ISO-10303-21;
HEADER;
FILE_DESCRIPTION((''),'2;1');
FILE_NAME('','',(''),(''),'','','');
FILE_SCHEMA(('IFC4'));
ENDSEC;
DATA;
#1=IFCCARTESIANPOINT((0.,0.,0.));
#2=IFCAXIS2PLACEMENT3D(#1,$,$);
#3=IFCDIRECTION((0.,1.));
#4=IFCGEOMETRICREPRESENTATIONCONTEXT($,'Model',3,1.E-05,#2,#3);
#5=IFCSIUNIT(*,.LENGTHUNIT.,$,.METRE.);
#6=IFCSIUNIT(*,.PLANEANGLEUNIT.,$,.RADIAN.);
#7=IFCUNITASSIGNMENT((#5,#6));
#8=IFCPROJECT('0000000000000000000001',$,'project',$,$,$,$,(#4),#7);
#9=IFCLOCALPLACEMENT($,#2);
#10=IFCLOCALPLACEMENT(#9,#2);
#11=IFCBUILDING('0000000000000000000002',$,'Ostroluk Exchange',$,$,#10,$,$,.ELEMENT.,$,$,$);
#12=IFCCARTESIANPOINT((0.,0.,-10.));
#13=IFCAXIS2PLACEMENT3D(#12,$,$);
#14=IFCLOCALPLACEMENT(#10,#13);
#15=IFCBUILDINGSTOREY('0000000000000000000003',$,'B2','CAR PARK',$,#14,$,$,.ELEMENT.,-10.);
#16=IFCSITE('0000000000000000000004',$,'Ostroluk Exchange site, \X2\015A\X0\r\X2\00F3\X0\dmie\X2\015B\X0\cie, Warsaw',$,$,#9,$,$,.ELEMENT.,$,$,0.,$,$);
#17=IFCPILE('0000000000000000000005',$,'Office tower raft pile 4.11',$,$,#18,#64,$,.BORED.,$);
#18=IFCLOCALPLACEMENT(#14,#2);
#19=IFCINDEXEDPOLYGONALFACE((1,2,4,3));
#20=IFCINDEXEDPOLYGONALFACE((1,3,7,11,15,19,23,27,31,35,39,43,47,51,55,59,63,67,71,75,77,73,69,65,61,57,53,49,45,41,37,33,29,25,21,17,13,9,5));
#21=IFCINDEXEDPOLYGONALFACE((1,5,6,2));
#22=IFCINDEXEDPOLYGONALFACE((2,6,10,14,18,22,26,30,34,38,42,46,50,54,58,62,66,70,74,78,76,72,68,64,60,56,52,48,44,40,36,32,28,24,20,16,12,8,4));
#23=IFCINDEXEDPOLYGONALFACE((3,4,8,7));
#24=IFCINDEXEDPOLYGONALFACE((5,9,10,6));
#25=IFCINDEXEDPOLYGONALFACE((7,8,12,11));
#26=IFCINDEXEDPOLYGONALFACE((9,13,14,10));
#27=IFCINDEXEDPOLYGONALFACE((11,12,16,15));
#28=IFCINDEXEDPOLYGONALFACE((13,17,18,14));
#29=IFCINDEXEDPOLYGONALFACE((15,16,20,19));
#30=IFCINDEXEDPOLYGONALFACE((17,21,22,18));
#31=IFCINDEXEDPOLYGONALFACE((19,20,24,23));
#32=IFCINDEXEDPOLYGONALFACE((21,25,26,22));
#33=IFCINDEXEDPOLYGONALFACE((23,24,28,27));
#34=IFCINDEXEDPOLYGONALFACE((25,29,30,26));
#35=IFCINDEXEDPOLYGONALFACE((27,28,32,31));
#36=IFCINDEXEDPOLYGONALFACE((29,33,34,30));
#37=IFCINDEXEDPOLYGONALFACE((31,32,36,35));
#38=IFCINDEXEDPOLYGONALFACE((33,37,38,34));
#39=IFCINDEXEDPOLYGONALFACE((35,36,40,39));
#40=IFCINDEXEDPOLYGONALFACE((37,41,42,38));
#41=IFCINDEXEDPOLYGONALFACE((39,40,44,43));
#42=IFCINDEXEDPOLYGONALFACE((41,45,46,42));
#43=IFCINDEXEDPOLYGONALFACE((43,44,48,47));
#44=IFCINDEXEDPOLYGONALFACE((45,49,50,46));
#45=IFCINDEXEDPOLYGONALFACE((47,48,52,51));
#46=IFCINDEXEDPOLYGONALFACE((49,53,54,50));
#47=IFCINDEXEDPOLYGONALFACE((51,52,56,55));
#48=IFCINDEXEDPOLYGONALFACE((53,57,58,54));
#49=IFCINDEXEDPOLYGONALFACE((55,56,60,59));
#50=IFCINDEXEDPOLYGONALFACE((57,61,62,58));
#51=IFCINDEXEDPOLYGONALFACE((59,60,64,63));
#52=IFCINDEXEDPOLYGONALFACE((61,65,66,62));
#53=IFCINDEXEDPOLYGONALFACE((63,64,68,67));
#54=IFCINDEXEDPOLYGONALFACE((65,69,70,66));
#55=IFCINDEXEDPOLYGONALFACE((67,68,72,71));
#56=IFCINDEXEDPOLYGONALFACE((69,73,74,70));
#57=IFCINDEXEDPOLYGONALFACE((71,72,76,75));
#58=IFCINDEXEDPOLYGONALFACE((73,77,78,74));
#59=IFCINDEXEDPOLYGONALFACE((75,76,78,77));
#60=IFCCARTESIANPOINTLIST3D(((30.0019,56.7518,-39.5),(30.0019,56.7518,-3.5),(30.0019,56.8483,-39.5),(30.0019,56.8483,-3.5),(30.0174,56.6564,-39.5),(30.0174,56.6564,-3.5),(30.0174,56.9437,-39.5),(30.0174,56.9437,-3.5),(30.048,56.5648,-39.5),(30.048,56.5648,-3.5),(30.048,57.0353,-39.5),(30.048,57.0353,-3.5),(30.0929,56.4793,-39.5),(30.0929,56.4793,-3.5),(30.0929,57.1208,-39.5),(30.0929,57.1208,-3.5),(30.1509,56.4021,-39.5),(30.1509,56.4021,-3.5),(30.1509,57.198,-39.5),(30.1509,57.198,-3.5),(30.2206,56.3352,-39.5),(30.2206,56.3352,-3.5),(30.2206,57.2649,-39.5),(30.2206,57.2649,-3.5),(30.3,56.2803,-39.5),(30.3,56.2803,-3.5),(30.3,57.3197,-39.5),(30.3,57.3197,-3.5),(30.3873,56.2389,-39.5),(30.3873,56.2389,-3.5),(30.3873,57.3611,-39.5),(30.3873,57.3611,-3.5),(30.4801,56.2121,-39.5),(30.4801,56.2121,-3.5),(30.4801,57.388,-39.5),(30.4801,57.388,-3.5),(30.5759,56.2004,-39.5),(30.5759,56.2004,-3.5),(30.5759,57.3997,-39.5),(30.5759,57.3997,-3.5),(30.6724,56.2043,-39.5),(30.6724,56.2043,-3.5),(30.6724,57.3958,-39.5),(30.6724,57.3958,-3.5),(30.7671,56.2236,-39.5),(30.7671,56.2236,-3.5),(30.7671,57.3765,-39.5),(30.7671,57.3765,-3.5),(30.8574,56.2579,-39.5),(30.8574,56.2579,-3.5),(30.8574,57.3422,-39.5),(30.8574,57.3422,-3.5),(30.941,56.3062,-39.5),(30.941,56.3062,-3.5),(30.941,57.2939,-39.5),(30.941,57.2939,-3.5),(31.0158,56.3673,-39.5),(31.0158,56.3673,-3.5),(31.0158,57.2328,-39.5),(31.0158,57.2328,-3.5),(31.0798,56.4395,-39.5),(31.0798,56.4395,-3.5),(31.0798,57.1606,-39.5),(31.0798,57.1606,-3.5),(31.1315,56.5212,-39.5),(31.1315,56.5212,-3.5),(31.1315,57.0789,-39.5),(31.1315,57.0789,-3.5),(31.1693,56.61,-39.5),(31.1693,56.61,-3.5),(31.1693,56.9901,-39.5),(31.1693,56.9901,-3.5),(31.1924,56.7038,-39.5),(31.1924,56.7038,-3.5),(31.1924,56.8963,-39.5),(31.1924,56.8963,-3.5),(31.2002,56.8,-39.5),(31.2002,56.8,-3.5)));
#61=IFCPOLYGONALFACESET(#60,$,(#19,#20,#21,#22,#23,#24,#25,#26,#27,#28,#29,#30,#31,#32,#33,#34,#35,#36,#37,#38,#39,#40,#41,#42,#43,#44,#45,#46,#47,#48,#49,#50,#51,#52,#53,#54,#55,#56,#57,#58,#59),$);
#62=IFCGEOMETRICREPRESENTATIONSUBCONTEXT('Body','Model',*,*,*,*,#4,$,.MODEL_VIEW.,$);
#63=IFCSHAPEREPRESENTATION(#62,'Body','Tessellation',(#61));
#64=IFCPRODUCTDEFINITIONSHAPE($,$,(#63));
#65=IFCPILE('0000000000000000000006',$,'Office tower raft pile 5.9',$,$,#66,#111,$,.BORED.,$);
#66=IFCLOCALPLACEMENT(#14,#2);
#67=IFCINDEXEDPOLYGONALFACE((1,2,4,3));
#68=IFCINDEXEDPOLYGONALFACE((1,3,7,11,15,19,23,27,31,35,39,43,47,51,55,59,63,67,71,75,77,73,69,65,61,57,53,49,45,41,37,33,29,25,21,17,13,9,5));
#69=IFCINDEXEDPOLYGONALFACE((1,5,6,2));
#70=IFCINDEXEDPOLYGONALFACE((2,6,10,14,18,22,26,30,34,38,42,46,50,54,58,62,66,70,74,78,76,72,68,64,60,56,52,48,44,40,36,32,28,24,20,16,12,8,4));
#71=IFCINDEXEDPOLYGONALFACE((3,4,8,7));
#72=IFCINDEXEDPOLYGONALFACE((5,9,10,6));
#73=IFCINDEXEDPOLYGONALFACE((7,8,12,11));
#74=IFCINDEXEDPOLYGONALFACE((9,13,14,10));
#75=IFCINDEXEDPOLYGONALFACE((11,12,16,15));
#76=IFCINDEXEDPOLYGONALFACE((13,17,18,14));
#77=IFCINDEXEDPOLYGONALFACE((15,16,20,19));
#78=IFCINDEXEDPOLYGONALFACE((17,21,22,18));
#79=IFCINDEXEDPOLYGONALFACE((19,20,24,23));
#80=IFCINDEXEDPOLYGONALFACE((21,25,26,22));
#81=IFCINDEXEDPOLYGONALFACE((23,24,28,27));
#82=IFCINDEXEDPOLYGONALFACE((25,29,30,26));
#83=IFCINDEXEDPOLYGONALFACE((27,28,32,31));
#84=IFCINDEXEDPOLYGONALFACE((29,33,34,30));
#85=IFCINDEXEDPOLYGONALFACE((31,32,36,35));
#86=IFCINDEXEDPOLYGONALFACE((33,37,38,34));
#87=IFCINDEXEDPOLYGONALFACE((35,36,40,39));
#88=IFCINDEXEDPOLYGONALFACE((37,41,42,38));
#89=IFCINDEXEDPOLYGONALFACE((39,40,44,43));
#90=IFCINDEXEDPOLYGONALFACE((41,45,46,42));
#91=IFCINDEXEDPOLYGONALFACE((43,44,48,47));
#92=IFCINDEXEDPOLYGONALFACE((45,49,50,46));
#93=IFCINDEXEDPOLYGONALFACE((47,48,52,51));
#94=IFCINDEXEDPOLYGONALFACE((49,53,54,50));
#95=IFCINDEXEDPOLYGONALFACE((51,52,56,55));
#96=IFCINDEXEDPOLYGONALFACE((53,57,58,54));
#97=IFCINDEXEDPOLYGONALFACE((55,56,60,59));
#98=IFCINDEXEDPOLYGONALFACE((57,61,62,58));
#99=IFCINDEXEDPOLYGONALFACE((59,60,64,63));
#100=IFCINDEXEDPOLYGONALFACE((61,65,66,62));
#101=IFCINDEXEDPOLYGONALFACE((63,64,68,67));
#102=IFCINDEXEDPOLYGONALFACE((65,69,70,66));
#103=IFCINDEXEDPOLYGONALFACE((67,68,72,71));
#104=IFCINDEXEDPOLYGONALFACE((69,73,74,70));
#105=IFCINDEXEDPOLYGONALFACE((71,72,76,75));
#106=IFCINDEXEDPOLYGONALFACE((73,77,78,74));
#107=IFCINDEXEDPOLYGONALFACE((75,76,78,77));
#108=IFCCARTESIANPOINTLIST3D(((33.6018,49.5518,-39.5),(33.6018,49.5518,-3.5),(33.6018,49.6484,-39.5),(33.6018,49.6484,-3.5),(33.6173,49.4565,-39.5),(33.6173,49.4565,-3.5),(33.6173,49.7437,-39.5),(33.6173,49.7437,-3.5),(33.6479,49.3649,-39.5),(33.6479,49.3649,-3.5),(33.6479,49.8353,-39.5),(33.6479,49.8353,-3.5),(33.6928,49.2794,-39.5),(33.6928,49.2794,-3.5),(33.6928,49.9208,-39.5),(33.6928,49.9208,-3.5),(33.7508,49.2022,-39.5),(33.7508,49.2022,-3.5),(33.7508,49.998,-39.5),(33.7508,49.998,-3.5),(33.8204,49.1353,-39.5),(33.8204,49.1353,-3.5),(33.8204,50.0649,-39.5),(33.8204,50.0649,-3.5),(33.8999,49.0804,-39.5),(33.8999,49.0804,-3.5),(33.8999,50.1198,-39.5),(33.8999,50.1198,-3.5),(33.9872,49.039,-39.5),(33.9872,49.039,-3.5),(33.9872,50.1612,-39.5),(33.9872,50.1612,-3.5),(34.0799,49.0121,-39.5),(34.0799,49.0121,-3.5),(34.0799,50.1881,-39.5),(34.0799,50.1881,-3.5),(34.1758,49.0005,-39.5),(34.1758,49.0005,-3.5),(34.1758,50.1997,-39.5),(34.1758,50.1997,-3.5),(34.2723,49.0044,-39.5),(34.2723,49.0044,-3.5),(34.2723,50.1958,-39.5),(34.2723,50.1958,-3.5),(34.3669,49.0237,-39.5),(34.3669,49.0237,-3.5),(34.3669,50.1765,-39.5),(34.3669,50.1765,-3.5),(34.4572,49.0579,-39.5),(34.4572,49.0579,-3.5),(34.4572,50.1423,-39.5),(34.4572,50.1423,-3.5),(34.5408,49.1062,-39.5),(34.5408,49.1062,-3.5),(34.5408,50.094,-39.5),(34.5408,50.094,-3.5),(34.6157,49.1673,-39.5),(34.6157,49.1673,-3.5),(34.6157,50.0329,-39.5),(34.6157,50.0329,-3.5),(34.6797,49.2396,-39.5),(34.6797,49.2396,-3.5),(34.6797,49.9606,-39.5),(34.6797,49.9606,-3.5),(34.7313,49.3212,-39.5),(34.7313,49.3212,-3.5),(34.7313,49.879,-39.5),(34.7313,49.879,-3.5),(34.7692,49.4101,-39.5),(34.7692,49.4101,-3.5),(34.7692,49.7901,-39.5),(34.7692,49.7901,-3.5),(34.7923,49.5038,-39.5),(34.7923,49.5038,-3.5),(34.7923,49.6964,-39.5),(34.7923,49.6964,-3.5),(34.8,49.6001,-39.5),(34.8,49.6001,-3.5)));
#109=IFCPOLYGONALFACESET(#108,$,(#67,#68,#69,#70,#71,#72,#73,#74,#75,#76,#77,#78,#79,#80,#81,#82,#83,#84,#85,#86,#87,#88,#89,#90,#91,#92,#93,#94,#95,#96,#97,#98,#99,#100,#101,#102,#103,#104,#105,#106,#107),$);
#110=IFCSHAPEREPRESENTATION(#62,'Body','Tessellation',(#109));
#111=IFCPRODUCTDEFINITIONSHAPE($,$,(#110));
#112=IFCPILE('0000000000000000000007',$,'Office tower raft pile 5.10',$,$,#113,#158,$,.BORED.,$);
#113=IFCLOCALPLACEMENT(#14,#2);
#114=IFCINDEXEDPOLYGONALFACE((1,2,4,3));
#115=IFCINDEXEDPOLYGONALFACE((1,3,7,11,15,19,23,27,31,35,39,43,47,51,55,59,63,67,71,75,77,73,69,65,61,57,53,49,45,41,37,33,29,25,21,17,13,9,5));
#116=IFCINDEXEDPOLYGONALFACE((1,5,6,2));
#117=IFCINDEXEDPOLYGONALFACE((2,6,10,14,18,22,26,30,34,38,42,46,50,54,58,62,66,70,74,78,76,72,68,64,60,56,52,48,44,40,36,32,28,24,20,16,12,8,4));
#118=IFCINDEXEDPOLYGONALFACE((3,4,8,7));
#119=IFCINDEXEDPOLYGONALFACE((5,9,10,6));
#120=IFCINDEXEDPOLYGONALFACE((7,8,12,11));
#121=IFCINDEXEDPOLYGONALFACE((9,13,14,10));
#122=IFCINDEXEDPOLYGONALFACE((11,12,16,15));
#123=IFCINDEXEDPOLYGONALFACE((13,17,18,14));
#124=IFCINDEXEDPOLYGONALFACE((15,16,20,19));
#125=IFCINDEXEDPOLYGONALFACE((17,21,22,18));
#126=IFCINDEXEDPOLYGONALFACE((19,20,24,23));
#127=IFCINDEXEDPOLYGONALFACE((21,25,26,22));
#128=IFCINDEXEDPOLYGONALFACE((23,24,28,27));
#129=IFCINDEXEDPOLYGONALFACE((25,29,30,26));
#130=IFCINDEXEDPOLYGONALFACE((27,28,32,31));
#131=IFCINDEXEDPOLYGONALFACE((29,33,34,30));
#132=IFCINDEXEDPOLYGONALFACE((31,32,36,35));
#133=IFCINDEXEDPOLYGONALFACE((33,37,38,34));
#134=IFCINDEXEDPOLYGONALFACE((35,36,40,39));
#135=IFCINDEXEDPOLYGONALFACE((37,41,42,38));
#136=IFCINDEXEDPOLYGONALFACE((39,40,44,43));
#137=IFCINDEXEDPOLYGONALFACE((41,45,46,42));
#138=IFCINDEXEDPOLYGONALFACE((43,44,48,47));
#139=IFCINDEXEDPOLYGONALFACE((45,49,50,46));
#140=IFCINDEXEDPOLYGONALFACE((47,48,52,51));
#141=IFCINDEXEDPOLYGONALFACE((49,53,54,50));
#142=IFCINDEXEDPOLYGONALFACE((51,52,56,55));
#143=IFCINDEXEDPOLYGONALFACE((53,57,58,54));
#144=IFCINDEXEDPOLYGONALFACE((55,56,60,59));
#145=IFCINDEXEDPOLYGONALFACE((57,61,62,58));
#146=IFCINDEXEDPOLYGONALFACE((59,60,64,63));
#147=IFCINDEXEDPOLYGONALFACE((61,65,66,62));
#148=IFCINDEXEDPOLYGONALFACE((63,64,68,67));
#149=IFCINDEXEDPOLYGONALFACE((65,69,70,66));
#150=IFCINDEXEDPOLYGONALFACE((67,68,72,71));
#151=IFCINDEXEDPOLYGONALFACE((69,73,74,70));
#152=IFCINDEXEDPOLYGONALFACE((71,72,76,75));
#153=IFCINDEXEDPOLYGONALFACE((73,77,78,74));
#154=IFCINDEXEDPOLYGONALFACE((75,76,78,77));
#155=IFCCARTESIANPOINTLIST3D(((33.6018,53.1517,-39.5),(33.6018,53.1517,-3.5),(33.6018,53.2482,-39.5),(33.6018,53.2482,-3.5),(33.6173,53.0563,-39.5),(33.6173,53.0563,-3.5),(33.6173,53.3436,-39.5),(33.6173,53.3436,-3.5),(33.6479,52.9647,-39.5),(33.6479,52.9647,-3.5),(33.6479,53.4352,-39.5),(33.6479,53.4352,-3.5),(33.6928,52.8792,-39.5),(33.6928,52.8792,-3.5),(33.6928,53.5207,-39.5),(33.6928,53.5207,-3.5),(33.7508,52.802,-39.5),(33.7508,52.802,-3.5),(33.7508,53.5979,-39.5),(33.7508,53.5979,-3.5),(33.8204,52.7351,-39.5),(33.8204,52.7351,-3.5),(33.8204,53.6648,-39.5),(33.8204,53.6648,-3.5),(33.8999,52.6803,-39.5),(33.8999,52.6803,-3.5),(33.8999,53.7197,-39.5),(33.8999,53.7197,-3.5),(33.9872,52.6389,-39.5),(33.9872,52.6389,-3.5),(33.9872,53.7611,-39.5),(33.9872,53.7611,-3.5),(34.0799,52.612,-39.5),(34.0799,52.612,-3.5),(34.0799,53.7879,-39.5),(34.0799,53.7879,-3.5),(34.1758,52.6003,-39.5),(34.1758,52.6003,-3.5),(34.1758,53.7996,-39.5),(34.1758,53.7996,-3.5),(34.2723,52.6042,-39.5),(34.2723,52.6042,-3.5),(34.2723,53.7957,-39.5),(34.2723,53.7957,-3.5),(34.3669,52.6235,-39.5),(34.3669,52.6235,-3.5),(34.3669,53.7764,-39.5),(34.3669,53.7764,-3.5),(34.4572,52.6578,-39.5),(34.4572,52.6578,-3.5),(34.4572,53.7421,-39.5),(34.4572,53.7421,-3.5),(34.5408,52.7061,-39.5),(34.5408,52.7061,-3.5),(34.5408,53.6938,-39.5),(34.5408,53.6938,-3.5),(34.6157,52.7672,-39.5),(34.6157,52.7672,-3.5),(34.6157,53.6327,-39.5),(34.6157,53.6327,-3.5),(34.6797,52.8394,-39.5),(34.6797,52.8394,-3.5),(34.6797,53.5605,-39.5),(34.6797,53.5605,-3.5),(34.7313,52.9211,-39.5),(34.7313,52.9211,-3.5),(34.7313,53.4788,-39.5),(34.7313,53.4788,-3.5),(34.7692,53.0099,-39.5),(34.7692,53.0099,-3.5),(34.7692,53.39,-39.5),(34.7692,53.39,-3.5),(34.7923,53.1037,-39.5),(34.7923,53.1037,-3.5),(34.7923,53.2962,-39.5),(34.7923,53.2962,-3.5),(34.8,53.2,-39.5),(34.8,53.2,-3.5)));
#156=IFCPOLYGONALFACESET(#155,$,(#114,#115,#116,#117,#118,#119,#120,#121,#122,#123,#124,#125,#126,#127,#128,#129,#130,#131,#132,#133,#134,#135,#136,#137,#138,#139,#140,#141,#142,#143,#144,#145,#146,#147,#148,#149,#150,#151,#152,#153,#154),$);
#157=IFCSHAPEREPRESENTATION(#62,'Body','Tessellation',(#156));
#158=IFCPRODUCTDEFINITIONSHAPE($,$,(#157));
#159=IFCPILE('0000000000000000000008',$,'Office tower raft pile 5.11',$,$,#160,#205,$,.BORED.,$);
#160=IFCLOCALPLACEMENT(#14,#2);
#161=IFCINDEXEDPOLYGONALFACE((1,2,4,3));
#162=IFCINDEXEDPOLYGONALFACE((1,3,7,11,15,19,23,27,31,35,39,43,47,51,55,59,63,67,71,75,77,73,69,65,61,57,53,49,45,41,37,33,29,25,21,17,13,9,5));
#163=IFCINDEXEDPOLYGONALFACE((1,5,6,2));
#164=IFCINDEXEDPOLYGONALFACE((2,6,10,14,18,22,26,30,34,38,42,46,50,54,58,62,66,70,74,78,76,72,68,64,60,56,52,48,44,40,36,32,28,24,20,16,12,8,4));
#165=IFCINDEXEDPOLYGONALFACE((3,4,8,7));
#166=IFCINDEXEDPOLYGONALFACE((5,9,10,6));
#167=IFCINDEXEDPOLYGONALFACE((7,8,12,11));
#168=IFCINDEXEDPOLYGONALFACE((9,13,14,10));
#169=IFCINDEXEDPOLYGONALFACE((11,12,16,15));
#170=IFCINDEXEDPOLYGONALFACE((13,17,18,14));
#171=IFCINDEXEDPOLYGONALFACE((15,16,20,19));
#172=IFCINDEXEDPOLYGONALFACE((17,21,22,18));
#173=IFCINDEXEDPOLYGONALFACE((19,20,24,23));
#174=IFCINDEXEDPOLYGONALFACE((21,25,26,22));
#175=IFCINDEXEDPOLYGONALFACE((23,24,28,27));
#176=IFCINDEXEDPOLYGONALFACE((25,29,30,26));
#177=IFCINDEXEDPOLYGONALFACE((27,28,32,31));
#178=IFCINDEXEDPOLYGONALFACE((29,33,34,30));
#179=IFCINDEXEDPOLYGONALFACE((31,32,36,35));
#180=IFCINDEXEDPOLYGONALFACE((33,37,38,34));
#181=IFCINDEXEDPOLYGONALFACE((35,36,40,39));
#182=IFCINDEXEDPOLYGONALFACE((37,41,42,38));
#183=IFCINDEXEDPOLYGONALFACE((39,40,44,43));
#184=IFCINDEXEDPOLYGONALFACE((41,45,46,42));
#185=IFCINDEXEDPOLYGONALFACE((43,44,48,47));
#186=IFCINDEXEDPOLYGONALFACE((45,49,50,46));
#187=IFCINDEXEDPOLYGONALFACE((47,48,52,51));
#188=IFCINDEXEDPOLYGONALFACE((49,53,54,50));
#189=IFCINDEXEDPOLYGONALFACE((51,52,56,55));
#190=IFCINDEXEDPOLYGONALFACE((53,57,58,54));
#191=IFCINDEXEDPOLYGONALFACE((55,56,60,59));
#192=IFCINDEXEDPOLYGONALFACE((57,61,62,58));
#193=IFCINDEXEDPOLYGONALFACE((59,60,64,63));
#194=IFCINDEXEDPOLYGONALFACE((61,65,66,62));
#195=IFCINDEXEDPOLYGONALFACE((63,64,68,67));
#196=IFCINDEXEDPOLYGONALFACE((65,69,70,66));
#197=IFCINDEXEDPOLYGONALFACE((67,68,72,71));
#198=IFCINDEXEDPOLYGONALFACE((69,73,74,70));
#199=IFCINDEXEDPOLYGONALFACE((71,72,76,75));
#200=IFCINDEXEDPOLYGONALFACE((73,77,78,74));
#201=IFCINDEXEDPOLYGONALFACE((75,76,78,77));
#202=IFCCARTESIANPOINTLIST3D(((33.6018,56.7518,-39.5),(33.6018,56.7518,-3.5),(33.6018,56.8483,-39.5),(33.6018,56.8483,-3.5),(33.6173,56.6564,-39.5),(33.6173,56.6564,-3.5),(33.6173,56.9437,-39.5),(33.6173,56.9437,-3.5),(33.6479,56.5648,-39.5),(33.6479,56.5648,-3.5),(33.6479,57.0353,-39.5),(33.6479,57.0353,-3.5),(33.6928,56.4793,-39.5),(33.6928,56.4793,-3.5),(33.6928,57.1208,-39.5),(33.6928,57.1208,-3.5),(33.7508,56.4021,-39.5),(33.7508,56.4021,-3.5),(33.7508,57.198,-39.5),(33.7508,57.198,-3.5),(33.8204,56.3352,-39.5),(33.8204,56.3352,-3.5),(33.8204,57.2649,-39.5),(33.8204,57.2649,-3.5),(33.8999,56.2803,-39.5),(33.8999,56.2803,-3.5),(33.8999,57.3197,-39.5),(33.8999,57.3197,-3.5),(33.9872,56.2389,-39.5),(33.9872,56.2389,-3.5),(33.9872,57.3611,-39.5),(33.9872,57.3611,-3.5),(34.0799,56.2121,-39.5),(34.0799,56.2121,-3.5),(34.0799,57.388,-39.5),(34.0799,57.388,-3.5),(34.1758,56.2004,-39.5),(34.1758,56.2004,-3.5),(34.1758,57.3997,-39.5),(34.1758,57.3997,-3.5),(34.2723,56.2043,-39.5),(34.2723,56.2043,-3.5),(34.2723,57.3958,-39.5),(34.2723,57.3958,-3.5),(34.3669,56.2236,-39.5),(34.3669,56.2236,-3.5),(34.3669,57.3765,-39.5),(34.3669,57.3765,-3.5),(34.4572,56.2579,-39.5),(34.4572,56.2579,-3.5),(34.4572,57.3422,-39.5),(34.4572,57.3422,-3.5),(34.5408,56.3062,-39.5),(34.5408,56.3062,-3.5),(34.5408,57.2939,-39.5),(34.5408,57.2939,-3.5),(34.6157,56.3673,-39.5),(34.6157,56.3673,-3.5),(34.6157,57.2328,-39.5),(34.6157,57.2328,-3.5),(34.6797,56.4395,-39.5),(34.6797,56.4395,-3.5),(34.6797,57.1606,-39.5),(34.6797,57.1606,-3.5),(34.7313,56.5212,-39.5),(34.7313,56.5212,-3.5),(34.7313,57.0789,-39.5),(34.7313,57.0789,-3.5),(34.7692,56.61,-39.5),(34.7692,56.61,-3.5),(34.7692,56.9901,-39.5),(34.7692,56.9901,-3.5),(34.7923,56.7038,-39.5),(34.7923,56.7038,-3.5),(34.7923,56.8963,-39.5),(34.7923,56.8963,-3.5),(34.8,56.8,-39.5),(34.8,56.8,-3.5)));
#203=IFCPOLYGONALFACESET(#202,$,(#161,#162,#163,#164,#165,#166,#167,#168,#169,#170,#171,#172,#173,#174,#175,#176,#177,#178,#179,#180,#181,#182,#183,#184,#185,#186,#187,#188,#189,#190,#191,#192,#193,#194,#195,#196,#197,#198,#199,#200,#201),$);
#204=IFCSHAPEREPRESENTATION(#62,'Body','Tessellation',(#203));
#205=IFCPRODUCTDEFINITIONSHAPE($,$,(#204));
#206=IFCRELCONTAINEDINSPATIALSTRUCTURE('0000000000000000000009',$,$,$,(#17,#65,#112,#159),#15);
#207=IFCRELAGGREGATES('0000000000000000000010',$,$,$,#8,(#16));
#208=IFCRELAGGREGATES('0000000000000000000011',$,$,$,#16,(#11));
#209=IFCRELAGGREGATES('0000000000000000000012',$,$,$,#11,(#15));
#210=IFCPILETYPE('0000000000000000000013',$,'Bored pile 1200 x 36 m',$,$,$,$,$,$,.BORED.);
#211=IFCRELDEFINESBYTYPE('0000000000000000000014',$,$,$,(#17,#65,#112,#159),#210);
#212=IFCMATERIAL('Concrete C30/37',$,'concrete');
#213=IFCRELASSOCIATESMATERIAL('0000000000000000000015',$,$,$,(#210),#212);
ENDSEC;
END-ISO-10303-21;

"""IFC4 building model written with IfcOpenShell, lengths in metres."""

from ifc_helpers import new_model, si_unit, direction, frame, origin, origin_2d, place, context, subcontext, project, spatial, circle, extrude, material, type_object, element, save


model = new_model("IFC4")

# Units and contexts
model_context = context("Model", 3, precision=1e-05, world=origin(), true_north=direction((0.0, 1.0)))
body_context = subcontext(model_context, "Body", "Model", "MODEL_VIEW")
ifc_project = project(units=[si_unit("LENGTHUNIT", "METRE"), si_unit("PLANEANGLEUNIT", "RADIAN")], contexts=[model_context])

# Site, building, storey
site_placement = place(None, origin())
site = spatial("IfcSite", under=ifc_project, at=site_placement, Name="Ostroluk Exchange site, Śródmieście, Warsaw", CompositionType="ELEMENT", RefElevation=0.0)
building_placement = place(site_placement, origin())
building = spatial("IfcBuilding", under=site, at=building_placement, Name="Ostroluk Exchange", CompositionType="ELEMENT")
storey_placement = place(building_placement, frame((0.0, 0.0, -10.0)))
storey = spatial("IfcBuildingStorey", under=building, at=storey_placement, Name="B2", Description="CAR PARK", CompositionType="ELEMENT", Elevation=-10.0)

# Piles
ifc_material_1 = material(Name="Concrete C30/37", Category="concrete")
pile_type = type_object("IfcPileType", Name="Bored pile 1200 x 36 m", PredefinedType="BORED", material=ifc_material_1)
for number, where, z_axis, x_axis, name in (
    (1, (30.6001, 56.8, -3.5), (0.0, 0.0, -1.0), (1.0, 0.0, 0.0), "Office tower raft pile 4.11"),
    (2, (34.2, 49.6001, -3.5), (0.0, 0.0, -1.0), (1.0, 0.0, 0.0), "Office tower raft pile 5.9"),
    (3, (34.2, 53.2, -3.5), (0.0, 0.0, -1.0), (1.0, 0.0, 0.0), "Office tower raft pile 5.10"),
    (4, (34.2, 56.8, -3.5), (0.0, 0.0, -1.0), (1.0, 0.0, 0.0), "Office tower raft pile 5.11"),
):
    element("IfcPile", number, at=place(storey_placement, frame(where, z_axis=z_axis, x_axis=x_axis)), inside=storey, type_object=pile_type, Name=name, PredefinedType="BORED", context=body_context, shape_type="SweptSolid", body=[
        extrude(circle(Radius=0.6001, at=origin_2d()), origin(), (0.0, 0.0, 1.0), 36.0),
    ])

save(model, "model.ifc")
